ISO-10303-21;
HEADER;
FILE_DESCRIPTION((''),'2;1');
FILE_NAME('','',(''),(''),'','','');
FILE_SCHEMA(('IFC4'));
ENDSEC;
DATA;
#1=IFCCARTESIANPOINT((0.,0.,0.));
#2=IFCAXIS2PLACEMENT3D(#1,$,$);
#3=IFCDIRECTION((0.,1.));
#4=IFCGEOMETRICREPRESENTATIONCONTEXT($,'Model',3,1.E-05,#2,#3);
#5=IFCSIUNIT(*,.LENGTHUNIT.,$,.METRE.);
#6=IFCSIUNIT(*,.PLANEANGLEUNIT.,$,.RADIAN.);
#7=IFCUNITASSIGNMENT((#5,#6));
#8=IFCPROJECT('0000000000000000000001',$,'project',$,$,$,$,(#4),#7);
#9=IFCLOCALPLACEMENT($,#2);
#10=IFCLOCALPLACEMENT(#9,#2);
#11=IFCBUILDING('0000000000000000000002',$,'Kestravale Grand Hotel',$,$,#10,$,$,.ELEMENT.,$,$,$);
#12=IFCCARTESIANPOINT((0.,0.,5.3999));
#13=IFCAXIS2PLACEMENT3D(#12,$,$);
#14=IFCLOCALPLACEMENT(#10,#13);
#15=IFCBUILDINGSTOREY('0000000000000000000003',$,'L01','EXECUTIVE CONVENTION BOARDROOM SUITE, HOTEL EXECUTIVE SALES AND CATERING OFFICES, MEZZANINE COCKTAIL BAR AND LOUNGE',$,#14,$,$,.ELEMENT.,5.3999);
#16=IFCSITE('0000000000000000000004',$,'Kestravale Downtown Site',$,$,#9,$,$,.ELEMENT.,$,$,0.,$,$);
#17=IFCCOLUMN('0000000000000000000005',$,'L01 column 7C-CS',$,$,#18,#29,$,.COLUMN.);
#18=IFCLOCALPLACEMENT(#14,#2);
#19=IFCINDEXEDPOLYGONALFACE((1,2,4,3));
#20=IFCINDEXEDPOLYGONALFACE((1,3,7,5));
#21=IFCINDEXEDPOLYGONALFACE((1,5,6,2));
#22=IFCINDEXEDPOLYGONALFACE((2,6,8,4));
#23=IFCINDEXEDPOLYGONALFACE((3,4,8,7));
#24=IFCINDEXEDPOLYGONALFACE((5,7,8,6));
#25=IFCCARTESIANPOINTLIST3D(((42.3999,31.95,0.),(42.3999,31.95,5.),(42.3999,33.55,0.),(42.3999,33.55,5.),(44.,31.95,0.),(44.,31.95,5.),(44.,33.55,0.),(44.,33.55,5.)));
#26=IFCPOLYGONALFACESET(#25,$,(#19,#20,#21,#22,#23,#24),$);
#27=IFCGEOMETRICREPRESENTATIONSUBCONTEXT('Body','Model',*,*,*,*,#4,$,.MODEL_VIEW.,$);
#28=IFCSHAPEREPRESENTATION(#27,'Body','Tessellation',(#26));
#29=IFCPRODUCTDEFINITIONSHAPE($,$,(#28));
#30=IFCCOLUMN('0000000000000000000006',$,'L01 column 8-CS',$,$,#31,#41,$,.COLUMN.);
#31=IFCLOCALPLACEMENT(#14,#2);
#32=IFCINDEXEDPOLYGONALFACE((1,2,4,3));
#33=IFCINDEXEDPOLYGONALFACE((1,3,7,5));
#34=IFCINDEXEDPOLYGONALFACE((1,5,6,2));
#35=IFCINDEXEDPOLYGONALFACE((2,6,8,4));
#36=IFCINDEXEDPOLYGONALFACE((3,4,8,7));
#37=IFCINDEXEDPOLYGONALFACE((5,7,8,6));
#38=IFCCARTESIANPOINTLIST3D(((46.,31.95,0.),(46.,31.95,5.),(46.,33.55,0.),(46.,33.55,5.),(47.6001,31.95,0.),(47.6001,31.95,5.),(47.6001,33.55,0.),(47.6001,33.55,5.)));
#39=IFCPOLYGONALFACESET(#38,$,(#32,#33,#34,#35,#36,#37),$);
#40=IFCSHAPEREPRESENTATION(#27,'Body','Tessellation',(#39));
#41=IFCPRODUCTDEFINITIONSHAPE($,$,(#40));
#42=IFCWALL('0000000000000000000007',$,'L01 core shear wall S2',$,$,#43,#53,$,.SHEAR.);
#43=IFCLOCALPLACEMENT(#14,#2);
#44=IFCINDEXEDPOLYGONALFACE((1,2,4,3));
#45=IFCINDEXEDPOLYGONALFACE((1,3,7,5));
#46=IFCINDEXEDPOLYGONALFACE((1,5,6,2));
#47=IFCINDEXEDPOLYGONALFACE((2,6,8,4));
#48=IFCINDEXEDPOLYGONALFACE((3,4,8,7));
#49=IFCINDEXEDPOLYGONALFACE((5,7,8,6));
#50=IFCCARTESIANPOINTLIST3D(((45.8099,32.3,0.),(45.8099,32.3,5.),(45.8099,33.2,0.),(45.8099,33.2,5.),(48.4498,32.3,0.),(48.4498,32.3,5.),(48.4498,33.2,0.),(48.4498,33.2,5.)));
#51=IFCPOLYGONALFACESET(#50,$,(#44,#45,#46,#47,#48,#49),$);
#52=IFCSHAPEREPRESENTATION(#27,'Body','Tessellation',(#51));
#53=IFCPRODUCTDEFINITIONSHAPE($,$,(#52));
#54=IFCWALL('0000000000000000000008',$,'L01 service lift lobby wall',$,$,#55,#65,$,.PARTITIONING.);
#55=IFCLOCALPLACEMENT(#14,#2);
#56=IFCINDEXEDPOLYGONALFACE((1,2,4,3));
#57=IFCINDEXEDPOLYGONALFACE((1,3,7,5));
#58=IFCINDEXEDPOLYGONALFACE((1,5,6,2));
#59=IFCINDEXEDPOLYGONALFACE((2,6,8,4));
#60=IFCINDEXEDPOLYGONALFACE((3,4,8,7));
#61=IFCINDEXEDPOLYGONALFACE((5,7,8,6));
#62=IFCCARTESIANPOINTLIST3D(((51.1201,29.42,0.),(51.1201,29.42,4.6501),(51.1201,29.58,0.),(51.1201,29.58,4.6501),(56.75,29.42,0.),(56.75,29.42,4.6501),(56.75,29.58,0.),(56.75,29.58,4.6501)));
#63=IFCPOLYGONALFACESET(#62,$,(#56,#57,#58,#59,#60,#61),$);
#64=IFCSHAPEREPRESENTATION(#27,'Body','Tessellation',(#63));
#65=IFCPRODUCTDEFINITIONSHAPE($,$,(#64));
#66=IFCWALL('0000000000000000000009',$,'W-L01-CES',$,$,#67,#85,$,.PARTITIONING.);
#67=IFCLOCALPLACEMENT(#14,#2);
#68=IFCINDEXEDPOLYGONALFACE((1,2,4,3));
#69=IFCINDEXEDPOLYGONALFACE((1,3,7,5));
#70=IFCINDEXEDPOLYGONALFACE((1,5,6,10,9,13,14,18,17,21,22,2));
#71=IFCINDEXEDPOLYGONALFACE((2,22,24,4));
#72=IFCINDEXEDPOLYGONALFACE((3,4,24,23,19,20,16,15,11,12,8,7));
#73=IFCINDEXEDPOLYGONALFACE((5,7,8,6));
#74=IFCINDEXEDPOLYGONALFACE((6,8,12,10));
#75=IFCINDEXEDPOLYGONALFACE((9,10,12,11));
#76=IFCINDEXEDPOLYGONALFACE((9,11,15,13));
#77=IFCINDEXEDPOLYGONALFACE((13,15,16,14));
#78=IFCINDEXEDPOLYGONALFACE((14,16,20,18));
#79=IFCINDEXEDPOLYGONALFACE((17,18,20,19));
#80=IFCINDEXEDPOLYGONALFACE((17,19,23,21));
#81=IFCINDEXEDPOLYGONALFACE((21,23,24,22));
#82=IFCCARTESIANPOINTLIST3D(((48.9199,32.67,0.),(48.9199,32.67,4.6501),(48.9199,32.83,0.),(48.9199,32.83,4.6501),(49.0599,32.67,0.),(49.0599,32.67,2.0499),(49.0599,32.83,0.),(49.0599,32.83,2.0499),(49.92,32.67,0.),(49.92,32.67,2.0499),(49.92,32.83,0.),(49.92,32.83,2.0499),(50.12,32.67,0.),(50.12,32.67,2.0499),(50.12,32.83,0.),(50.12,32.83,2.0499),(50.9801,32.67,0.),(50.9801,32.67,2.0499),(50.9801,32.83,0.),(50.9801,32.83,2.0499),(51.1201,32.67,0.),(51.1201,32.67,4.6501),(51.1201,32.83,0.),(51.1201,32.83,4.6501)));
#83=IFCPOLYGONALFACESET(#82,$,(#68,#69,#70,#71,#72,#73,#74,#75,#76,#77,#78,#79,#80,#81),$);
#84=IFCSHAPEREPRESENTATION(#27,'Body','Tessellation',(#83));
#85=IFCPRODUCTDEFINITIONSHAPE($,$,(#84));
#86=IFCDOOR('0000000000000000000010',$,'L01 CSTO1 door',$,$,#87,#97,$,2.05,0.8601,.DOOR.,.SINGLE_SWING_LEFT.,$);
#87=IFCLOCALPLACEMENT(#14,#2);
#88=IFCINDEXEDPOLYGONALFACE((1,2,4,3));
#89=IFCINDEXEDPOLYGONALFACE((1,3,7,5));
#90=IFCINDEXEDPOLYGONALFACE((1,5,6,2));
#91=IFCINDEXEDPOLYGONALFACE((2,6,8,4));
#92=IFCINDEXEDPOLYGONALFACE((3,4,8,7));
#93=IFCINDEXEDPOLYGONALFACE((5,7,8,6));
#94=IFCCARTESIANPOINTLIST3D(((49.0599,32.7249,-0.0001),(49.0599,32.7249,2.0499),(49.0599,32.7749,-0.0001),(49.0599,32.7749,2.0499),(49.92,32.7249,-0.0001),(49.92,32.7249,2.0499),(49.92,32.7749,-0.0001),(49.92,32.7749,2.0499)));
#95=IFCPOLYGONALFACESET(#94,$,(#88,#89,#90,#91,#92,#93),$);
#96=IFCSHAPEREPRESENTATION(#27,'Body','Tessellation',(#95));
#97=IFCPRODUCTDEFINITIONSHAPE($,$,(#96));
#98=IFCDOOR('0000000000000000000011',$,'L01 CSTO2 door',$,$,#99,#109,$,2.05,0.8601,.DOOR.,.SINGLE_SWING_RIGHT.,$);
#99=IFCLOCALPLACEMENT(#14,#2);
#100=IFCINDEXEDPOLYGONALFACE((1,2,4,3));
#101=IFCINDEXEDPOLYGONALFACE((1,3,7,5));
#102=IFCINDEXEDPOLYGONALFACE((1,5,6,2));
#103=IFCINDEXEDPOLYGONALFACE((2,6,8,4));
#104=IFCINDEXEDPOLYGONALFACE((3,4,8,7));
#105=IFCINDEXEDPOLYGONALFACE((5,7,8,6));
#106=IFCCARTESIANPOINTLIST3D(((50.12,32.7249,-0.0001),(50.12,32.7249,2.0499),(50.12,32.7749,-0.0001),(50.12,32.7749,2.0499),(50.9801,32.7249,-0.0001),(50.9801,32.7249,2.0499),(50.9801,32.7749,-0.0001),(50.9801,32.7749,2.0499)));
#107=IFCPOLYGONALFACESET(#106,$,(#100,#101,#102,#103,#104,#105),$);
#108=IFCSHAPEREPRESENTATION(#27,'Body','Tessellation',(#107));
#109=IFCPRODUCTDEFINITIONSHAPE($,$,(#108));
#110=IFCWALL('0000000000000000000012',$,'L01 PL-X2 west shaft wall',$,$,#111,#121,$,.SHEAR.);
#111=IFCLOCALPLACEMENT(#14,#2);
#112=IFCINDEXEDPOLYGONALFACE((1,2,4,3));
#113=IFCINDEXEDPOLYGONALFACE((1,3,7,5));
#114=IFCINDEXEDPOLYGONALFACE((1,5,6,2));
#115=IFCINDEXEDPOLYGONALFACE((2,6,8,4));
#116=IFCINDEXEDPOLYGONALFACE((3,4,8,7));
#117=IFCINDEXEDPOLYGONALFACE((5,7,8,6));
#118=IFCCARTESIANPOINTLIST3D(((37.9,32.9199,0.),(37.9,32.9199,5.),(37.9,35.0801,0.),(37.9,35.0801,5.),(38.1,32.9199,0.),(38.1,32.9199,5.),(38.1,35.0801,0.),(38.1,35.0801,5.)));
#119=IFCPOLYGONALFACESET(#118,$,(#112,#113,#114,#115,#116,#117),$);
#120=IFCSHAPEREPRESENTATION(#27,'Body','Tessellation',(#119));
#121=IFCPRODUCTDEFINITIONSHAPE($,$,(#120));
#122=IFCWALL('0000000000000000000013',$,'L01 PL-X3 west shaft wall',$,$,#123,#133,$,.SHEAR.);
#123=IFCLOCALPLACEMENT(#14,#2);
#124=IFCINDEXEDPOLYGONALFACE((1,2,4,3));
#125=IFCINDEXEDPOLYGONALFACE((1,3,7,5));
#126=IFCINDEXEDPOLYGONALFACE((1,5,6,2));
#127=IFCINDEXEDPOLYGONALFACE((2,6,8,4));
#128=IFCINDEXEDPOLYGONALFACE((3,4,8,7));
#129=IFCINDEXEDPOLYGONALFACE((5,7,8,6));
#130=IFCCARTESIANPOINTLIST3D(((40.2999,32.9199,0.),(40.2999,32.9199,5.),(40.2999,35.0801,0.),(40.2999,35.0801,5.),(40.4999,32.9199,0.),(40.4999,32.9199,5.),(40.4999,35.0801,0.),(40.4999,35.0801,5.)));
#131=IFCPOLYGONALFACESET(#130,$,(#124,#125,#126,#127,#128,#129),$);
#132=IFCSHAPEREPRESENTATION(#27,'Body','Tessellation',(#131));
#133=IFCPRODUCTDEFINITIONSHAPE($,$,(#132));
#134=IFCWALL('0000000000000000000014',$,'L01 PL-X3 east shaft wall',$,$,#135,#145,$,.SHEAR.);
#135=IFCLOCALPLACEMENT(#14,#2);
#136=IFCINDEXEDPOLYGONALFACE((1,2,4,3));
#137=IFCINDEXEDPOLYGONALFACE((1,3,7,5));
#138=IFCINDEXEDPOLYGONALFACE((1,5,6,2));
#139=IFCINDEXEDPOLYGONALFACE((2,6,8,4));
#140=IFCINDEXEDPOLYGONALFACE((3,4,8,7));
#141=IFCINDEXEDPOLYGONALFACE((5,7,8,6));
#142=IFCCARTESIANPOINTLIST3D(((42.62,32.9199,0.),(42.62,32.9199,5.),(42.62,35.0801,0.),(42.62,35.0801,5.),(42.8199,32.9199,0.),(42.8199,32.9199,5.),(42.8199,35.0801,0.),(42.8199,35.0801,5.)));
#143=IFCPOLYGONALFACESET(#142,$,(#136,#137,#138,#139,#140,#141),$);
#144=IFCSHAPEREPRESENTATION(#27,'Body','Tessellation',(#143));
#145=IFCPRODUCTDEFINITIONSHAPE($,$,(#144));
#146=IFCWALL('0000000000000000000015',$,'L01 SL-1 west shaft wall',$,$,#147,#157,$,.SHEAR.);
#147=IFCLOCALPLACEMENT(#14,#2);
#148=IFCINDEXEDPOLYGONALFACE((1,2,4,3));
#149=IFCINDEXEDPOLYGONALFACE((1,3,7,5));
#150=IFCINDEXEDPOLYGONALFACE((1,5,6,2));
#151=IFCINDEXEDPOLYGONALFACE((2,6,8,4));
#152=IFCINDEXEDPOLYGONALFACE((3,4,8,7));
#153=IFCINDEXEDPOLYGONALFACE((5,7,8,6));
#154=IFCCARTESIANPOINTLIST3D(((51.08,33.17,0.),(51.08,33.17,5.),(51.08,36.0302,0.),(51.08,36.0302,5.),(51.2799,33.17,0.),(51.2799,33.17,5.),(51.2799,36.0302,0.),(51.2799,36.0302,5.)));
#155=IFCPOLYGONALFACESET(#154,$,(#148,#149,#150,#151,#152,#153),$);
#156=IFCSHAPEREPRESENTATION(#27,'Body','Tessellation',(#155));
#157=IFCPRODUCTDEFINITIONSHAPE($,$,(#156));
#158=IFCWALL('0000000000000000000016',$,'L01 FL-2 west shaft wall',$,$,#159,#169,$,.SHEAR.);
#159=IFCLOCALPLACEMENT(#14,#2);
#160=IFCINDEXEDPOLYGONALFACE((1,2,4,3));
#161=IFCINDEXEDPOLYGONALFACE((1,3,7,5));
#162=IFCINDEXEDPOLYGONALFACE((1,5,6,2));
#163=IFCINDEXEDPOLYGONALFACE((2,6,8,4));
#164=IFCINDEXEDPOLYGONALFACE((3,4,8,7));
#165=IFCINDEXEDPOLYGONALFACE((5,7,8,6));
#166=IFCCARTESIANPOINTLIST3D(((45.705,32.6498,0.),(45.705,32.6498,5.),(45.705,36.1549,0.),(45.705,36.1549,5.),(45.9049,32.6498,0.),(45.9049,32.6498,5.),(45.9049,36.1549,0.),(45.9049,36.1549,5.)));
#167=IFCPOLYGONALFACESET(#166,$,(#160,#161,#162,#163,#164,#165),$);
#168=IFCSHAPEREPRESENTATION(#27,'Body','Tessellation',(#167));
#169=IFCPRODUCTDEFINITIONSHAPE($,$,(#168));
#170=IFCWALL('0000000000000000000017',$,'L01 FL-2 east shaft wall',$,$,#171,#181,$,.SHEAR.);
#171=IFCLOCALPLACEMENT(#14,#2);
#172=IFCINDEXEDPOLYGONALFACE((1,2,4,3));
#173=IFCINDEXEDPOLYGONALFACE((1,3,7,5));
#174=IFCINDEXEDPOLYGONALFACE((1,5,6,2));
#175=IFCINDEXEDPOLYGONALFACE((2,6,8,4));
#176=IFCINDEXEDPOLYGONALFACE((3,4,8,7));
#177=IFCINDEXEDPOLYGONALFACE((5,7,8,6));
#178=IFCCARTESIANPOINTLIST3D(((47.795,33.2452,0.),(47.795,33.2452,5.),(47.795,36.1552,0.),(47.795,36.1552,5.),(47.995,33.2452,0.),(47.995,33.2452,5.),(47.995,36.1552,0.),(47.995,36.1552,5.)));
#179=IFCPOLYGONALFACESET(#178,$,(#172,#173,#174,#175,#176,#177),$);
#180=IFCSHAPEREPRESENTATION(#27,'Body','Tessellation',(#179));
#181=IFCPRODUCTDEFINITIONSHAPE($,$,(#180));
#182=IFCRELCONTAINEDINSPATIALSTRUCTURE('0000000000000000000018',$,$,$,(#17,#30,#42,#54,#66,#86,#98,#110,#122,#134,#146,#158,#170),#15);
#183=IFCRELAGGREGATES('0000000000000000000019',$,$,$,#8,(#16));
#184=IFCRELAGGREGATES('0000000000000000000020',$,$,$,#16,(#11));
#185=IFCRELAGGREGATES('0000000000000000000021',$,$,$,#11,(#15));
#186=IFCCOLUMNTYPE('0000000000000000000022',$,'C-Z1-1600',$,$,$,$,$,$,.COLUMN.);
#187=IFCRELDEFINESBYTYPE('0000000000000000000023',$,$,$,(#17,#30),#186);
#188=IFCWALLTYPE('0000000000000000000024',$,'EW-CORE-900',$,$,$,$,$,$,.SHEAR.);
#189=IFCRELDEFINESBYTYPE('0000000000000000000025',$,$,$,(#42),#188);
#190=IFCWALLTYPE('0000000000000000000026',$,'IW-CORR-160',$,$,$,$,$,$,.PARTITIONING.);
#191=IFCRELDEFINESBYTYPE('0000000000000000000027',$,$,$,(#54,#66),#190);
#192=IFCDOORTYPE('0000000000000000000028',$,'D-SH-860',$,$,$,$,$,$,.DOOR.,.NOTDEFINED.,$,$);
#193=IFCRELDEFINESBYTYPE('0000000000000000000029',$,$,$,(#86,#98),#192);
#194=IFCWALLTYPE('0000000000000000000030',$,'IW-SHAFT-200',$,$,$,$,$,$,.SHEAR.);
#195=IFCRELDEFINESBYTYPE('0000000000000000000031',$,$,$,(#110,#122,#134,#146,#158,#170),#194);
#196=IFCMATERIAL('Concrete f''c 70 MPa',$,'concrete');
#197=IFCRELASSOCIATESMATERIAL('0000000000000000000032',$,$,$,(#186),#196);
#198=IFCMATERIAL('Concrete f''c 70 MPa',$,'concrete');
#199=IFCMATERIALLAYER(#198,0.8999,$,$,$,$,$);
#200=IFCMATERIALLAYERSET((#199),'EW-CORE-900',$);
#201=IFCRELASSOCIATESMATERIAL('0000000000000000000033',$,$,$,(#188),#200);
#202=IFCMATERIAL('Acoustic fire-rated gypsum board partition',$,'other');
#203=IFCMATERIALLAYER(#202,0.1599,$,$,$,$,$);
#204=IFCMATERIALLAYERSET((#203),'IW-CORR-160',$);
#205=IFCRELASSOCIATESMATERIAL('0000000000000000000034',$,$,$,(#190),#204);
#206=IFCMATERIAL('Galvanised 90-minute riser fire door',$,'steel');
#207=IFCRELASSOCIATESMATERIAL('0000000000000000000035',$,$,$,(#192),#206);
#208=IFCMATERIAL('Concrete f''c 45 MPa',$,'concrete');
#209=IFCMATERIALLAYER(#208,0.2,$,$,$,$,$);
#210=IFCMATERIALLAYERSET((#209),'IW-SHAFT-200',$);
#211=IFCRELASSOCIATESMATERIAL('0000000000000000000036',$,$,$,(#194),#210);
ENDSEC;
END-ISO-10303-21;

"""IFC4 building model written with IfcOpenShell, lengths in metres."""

from ifc_helpers import new_model, si_unit, direction, frame, frame_2d, origin, origin_2d, place, context, subcontext, project, spatial, rectangle, extrude, material, layer, layer_set, material_profile, profile_set, type_object, element, fill, save


model = new_model("IFC4")

# Units and contexts
model_context = context("Model", 3, precision=1e-05, world=origin(), true_north=direction((0.0, 1.0)))
body_context = subcontext(model_context, "Body", "Model", "MODEL_VIEW")
ifc_project = project(units=[si_unit("LENGTHUNIT", "METRE"), si_unit("PLANEANGLEUNIT", "RADIAN")], contexts=[model_context])

# Site, building, storey
site_placement = place(None, origin())
site = spatial("IfcSite", under=ifc_project, at=site_placement, Name="Kestravale Downtown Site", CompositionType="ELEMENT", RefElevation=0.0)
building_placement = place(site_placement, origin())
building = spatial("IfcBuilding", under=site, at=building_placement, Name="Kestravale Grand Hotel", CompositionType="ELEMENT")
storey_placement = place(building_placement, frame((0.0, 0.0, 5.3999)))
storey = spatial("IfcBuildingStorey", under=building, at=storey_placement, Name="L01", Description="EXECUTIVE CONVENTION BOARDROOM SUITE, HOTEL EXECUTIVE SALES AND CATERING OFFICES, MEZZANINE COCKTAIL BAR AND LOUNGE", CompositionType="ELEMENT", Elevation=5.3999)

# Columns
ifc_material_1 = material(Name="Concrete f'c 70 MPa", Category="concrete")
ifc_material_profile = material_profile(ifc_material_1, rectangle(XDim=1.6001, YDim=1.6001, at=origin_2d()))
ifc_profile_set = profile_set([ifc_material_profile], Name="Concrete f'c 70 MPa")
column_type = type_object("IfcColumnType", Name="C-Z1-1600", PredefinedType="COLUMN", material=ifc_profile_set)
for number, where, z_axis, x_axis, name in (
    (1, (43.2, 32.75, 0.0), (0.0, 0.0, 1.0), (1.0, 0.0, 0.0), "L01 column 7C-CS"),
    (2, (46.8, 32.75, 0.0), (0.0, 0.0, 1.0), (1.0, 0.0, 0.0), "L01 column 8-CS"),
):
    element("IfcColumn", number, at=place(storey_placement, frame(where, z_axis=z_axis, x_axis=x_axis)), inside=storey, type_object=column_type, Name=name, PredefinedType="COLUMN", context=body_context, shape_type="SweptSolid", body=[
        extrude(rectangle(XDim=1.6001, YDim=1.6001, at=origin_2d()), origin(), (0.0, 0.0, 1.0), 5.0),
    ])

# Wall
ifc_material_2 = material(Name="Concrete f'c 70 MPa", Category="concrete")
ifc_layer_1 = layer(ifc_material_2, 0.8999)
ifc_layer_set_1 = layer_set([ifc_layer_1], Name="EW-CORE-900")
wall_type_1 = type_object("IfcWallType", Name="EW-CORE-900", PredefinedType="SHEAR", material=ifc_layer_set_1)
wall_1_placement = place(storey_placement, frame((45.8101, 32.75, 0.0), z_axis=(0.0, 0.0, 1.0), x_axis=(1.0, 0.0, 0.0)))
element("IfcWall", 3, at=wall_1_placement, inside=storey, type_object=wall_type_1, Name="L01 core shear wall S2", PredefinedType="SHEAR", context=body_context, shape_type="SweptSolid", body=[
    extrude(rectangle(XDim=2.6399, YDim=0.8999, at=frame_2d((1.3198, 0.0))), origin(), (0.0, 0.0, 1.0), 5.0),
])

# Shared definitions
ifc_material_3 = material(Name="Acoustic fire-rated gypsum board partition", Category="other")
ifc_layer_2 = layer(ifc_material_3, 0.1599)
ifc_layer_set_2 = layer_set([ifc_layer_2], Name="IW-CORR-160")
wall_type_2 = type_object("IfcWallType", Name="IW-CORR-160", PredefinedType="PARTITIONING", material=ifc_layer_set_2)

# Wall
wall_2_placement = place(storey_placement, frame((51.1201, 29.5, 0.0), z_axis=(0.0, 0.0, 1.0), x_axis=(1.0, 0.0, 0.0)))
element("IfcWall", 4, at=wall_2_placement, inside=storey, type_object=wall_type_2, Name="L01 service lift lobby wall", PredefinedType="PARTITIONING", context=body_context, shape_type="SweptSolid", body=[
    extrude(rectangle(XDim=5.6299, YDim=0.1599, at=frame_2d((2.8149, 0.0))), origin(), (0.0, 0.0, 1.0), 4.6501),
])

# Wall, openings, doors
wall_3_placement = place(storey_placement, frame((48.9199, 32.75, 0.0), z_axis=(0.0, 0.0, 1.0), x_axis=(1.0, 0.0, 0.0)))
wall_3 = element("IfcWall", 5, at=wall_3_placement, inside=storey, type_object=wall_type_2, Name="W-L01-CES", PredefinedType="PARTITIONING", context=body_context, shape_type="SweptSolid", body=[
    extrude(rectangle(XDim=2.2002, YDim=0.1599, at=frame_2d((1.1001, 0.0))), origin(), (0.0, 0.0, 1.0), 4.6501),
])
opening_1_placement = place(wall_3_placement, frame((0.1399, 0.0, 0.0)))
opening_1 = element("IfcOpeningElement", 6, at=opening_1_placement, cuts=wall_3, PredefinedType="OPENING", context=body_context, shape_type="SweptSolid", body=[
    extrude(rectangle(XDim=0.8601, YDim=2.05, at=frame_2d((0.4302, 1.0249))), frame((0.0, 0.0898, 0.0), z_axis=(0.0, -1.0, 0.0), x_axis=(1.0, 0.0, 0.0)), (0.0, 0.0, 1.0), 0.1799),
])
opening_2_placement = place(wall_3_placement, frame((1.2, 0.0, 0.0)))
opening_2 = element("IfcOpeningElement", 7, at=opening_2_placement, cuts=wall_3, PredefinedType="OPENING", context=body_context, shape_type="SweptSolid", body=[
    extrude(rectangle(XDim=0.8601, YDim=2.05, at=frame_2d((0.4302, 1.0249))), frame((0.0, 0.0898, 0.0), z_axis=(0.0, -1.0, 0.0), x_axis=(1.0, 0.0, 0.0)), (0.0, 0.0, 1.0), 0.1799),
])
ifc_material_4 = material(Name="Galvanised 90-minute riser fire door", Category="steel")
door_type_1 = type_object("IfcDoorType", Name="D-SH-860", OperationType="NOTDEFINED", PredefinedType="DOOR", material=ifc_material_4)
door_1_placement = place(opening_1_placement, origin())
door_1 = element("IfcDoor", 8, at=door_1_placement, inside=storey, type_object=door_type_1, Name="L01 CSTO1 door", OperationType="SINGLE_SWING_LEFT", OverallHeight=2.05, OverallWidth=0.8601, PredefinedType="DOOR", context=body_context, shape_type="SweptSolid", body=[
    extrude(rectangle(XDim=0.8601, YDim=2.05, at=frame_2d((0.4302, 1.0249))), frame((0.0, 0.0249, 0.0), z_axis=(0.0, -1.0, 0.0), x_axis=(1.0, 0.0, 0.0)), (0.0, 0.0, 1.0), 0.05),
])
fill(opening_1, door_1)
door_2_placement = place(opening_2_placement, origin())
door_2 = element("IfcDoor", 9, at=door_2_placement, inside=storey, type_object=door_type_1, Name="L01 CSTO2 door", OperationType="SINGLE_SWING_RIGHT", OverallHeight=2.05, OverallWidth=0.8601, PredefinedType="DOOR", context=body_context, shape_type="SweptSolid", body=[
    extrude(rectangle(XDim=0.8601, YDim=2.05, at=frame_2d((0.4302, 1.0249))), frame((0.0, 0.0249, 0.0), z_axis=(0.0, -1.0, 0.0), x_axis=(1.0, 0.0, 0.0)), (0.0, 0.0, 1.0), 0.05),
])
fill(opening_2, door_2)

# Walls
ifc_material_5 = material(Name="Concrete f'c 45 MPa", Category="concrete")
ifc_layer_3 = layer(ifc_material_5, 0.2)
ifc_layer_set_3 = layer_set([ifc_layer_3], Name="IW-SHAFT-200")
wall_type_3 = type_object("IfcWallType", Name="IW-SHAFT-200", PredefinedType="SHEAR", material=ifc_layer_set_3)
for number, where, z_axis, x_axis, name in (
    (10, (38.0, 32.9199, 0.0), (0.0, 0.0, 1.0), (0.0, 1.0, 0.0), "L01 PL-X2 west shaft wall"),
    (11, (40.3999, 32.9199, 0.0), (0.0, 0.0, 1.0), (0.0, 1.0, 0.0), "L01 PL-X3 west shaft wall"),
    (12, (42.72, 32.9199, 0.0), (0.0, 0.0, 1.0), (0.0, 1.0, 0.0), "L01 PL-X3 east shaft wall"),
):
    element("IfcWall", number, at=place(storey_placement, frame(where, z_axis=z_axis, x_axis=x_axis)), inside=storey, type_object=wall_type_3, Name=name, PredefinedType="SHEAR", context=body_context, shape_type="SweptSolid", body=[
        extrude(rectangle(XDim=2.1602, YDim=0.2, at=frame_2d((1.0801, 0.0))), origin(), (0.0, 0.0, 1.0), 5.0),
    ])
wall_4_placement = place(storey_placement, frame((51.1799, 33.1699, 0.0), z_axis=(0.0, 0.0, 1.0), x_axis=(0.0, 1.0, 0.0)))
element("IfcWall", 13, at=wall_4_placement, inside=storey, type_object=wall_type_3, Name="L01 SL-1 west shaft wall", PredefinedType="SHEAR", context=body_context, shape_type="SweptSolid", body=[
    extrude(rectangle(XDim=2.8601, YDim=0.2, at=frame_2d((1.4302, 0.0))), origin(), (0.0, 0.0, 1.0), 5.0),
])
wall_5_placement = place(storey_placement, frame((45.8049, 32.6499, 0.0), z_axis=(0.0, 0.0, 1.0), x_axis=(0.0, 1.0, 0.0)))
element("IfcWall", 14, at=wall_5_placement, inside=storey, type_object=wall_type_3, Name="L01 FL-2 west shaft wall", PredefinedType="SHEAR", context=body_context, shape_type="SweptSolid", body=[
    extrude(rectangle(XDim=3.5051, YDim=0.2, at=frame_2d((1.7524, 0.0))), origin(), (0.0, 0.0, 1.0), 5.0),
])
wall_6_placement = place(storey_placement, frame((47.895, 33.2451, 0.0), z_axis=(0.0, 0.0, 1.0), x_axis=(0.0, 1.0, 0.0)))
element("IfcWall", 15, at=wall_6_placement, inside=storey, type_object=wall_type_3, Name="L01 FL-2 east shaft wall", PredefinedType="SHEAR", context=body_context, shape_type="SweptSolid", body=[
    extrude(rectangle(XDim=2.9099, YDim=0.2, at=frame_2d((1.4551, 0.0))), origin(), (0.0, 0.0, 1.0), 5.0),
])

save(model, "model.ifc")
